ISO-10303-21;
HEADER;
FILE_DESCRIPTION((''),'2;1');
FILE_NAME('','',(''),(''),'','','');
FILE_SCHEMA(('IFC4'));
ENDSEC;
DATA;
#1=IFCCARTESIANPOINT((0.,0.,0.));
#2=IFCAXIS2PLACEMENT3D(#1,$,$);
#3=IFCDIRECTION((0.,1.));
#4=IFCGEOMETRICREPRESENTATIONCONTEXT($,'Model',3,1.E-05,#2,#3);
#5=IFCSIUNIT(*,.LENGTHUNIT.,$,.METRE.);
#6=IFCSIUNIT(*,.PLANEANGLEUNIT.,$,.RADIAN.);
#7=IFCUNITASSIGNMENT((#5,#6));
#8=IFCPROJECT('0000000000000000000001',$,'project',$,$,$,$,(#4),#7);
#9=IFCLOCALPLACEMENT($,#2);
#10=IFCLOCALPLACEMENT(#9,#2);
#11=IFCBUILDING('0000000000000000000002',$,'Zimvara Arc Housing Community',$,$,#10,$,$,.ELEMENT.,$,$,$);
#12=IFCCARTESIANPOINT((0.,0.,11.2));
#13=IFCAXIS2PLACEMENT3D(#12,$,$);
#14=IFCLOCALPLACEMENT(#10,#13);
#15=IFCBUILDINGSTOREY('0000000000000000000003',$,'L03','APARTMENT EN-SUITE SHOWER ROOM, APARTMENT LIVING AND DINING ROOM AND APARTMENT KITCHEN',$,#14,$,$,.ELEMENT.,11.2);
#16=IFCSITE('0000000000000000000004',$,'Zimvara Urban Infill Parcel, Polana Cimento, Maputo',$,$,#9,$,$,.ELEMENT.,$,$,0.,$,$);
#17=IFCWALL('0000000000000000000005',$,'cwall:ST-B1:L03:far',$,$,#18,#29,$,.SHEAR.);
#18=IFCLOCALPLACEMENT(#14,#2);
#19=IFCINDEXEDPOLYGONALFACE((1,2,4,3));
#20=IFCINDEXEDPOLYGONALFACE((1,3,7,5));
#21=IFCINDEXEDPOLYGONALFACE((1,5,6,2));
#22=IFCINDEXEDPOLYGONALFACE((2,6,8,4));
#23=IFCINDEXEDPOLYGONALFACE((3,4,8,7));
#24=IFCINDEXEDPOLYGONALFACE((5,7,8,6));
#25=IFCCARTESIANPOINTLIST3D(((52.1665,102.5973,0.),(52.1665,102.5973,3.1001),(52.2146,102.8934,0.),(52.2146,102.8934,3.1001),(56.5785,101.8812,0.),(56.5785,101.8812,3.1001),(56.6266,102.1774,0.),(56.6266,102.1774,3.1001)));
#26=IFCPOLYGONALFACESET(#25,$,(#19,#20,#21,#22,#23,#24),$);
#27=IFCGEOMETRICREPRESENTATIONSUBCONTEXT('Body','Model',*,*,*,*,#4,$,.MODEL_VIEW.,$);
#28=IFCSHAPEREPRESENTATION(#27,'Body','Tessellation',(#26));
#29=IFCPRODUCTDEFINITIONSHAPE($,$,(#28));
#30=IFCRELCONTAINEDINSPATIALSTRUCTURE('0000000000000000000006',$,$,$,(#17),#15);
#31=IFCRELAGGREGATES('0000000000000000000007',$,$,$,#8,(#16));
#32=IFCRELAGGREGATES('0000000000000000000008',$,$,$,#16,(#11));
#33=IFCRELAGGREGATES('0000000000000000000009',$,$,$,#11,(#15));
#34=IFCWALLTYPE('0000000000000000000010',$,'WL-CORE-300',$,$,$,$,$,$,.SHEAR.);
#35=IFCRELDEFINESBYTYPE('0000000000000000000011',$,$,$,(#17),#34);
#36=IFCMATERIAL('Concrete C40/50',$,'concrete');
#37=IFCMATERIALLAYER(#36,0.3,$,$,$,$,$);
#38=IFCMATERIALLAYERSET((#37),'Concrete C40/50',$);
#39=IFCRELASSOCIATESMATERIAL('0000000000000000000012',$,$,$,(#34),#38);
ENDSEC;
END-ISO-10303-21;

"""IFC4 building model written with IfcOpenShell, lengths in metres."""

from ifc_helpers import new_model, si_unit, direction, frame, frame_2d, origin, place, context, subcontext, project, spatial, rectangle, extrude, material, layer, layer_set, type_object, element, save


model = new_model("IFC4")

# Units and contexts
model_context = context("Model", 3, precision=1e-05, world=origin(), true_north=direction((0.0, 1.0)))
body_context = subcontext(model_context, "Body", "Model", "MODEL_VIEW")
ifc_project = project(units=[si_unit("LENGTHUNIT", "METRE"), si_unit("PLANEANGLEUNIT", "RADIAN")], contexts=[model_context])

# Site, building, storey
site_placement = place(None, origin())
site = spatial("IfcSite", under=ifc_project, at=site_placement, Name="Zimvara Urban Infill Parcel, Polana Cimento, Maputo", CompositionType="ELEMENT", RefElevation=0.0)
building_placement = place(site_placement, origin())
building = spatial("IfcBuilding", under=site, at=building_placement, Name="Zimvara Arc Housing Community", CompositionType="ELEMENT")
storey_placement = place(building_placement, frame((0.0, 0.0, 11.2)))
storey = spatial("IfcBuildingStorey", under=building, at=storey_placement, Name="L03", Description="APARTMENT EN-SUITE SHOWER ROOM, APARTMENT LIVING AND DINING ROOM AND APARTMENT KITCHEN", CompositionType="ELEMENT", Elevation=11.2)

# Wall
ifc_material_1 = material(Name="Concrete C40/50", Category="concrete")
ifc_layer_1 = layer(ifc_material_1, 0.3)
ifc_layer_set_1 = layer_set([ifc_layer_1], Name="Concrete C40/50")
wall_type_1 = type_object("IfcWallType", Name="WL-CORE-300", PredefinedType="SHEAR", material=ifc_layer_set_1)
wall_1_placement = place(storey_placement, frame((56.6025, 102.0293, 0.0), z_axis=(0.0, 0.0, 1.0), x_axis=(-0.987085, 0.160199, 0.0)))
element("IfcWall", 1, at=wall_1_placement, inside=storey, type_object=wall_type_1, Name="cwall:ST-B1:L03:far", PredefinedType="SHEAR", context=body_context, shape_type="SweptSolid", body=[
    extrude(rectangle(XDim=4.4697, YDim=0.3, at=frame_2d((2.2349, 0.0))), origin(), (0.0, 0.0, 1.0), 3.1001),
])

save(model, "model.ifc")
